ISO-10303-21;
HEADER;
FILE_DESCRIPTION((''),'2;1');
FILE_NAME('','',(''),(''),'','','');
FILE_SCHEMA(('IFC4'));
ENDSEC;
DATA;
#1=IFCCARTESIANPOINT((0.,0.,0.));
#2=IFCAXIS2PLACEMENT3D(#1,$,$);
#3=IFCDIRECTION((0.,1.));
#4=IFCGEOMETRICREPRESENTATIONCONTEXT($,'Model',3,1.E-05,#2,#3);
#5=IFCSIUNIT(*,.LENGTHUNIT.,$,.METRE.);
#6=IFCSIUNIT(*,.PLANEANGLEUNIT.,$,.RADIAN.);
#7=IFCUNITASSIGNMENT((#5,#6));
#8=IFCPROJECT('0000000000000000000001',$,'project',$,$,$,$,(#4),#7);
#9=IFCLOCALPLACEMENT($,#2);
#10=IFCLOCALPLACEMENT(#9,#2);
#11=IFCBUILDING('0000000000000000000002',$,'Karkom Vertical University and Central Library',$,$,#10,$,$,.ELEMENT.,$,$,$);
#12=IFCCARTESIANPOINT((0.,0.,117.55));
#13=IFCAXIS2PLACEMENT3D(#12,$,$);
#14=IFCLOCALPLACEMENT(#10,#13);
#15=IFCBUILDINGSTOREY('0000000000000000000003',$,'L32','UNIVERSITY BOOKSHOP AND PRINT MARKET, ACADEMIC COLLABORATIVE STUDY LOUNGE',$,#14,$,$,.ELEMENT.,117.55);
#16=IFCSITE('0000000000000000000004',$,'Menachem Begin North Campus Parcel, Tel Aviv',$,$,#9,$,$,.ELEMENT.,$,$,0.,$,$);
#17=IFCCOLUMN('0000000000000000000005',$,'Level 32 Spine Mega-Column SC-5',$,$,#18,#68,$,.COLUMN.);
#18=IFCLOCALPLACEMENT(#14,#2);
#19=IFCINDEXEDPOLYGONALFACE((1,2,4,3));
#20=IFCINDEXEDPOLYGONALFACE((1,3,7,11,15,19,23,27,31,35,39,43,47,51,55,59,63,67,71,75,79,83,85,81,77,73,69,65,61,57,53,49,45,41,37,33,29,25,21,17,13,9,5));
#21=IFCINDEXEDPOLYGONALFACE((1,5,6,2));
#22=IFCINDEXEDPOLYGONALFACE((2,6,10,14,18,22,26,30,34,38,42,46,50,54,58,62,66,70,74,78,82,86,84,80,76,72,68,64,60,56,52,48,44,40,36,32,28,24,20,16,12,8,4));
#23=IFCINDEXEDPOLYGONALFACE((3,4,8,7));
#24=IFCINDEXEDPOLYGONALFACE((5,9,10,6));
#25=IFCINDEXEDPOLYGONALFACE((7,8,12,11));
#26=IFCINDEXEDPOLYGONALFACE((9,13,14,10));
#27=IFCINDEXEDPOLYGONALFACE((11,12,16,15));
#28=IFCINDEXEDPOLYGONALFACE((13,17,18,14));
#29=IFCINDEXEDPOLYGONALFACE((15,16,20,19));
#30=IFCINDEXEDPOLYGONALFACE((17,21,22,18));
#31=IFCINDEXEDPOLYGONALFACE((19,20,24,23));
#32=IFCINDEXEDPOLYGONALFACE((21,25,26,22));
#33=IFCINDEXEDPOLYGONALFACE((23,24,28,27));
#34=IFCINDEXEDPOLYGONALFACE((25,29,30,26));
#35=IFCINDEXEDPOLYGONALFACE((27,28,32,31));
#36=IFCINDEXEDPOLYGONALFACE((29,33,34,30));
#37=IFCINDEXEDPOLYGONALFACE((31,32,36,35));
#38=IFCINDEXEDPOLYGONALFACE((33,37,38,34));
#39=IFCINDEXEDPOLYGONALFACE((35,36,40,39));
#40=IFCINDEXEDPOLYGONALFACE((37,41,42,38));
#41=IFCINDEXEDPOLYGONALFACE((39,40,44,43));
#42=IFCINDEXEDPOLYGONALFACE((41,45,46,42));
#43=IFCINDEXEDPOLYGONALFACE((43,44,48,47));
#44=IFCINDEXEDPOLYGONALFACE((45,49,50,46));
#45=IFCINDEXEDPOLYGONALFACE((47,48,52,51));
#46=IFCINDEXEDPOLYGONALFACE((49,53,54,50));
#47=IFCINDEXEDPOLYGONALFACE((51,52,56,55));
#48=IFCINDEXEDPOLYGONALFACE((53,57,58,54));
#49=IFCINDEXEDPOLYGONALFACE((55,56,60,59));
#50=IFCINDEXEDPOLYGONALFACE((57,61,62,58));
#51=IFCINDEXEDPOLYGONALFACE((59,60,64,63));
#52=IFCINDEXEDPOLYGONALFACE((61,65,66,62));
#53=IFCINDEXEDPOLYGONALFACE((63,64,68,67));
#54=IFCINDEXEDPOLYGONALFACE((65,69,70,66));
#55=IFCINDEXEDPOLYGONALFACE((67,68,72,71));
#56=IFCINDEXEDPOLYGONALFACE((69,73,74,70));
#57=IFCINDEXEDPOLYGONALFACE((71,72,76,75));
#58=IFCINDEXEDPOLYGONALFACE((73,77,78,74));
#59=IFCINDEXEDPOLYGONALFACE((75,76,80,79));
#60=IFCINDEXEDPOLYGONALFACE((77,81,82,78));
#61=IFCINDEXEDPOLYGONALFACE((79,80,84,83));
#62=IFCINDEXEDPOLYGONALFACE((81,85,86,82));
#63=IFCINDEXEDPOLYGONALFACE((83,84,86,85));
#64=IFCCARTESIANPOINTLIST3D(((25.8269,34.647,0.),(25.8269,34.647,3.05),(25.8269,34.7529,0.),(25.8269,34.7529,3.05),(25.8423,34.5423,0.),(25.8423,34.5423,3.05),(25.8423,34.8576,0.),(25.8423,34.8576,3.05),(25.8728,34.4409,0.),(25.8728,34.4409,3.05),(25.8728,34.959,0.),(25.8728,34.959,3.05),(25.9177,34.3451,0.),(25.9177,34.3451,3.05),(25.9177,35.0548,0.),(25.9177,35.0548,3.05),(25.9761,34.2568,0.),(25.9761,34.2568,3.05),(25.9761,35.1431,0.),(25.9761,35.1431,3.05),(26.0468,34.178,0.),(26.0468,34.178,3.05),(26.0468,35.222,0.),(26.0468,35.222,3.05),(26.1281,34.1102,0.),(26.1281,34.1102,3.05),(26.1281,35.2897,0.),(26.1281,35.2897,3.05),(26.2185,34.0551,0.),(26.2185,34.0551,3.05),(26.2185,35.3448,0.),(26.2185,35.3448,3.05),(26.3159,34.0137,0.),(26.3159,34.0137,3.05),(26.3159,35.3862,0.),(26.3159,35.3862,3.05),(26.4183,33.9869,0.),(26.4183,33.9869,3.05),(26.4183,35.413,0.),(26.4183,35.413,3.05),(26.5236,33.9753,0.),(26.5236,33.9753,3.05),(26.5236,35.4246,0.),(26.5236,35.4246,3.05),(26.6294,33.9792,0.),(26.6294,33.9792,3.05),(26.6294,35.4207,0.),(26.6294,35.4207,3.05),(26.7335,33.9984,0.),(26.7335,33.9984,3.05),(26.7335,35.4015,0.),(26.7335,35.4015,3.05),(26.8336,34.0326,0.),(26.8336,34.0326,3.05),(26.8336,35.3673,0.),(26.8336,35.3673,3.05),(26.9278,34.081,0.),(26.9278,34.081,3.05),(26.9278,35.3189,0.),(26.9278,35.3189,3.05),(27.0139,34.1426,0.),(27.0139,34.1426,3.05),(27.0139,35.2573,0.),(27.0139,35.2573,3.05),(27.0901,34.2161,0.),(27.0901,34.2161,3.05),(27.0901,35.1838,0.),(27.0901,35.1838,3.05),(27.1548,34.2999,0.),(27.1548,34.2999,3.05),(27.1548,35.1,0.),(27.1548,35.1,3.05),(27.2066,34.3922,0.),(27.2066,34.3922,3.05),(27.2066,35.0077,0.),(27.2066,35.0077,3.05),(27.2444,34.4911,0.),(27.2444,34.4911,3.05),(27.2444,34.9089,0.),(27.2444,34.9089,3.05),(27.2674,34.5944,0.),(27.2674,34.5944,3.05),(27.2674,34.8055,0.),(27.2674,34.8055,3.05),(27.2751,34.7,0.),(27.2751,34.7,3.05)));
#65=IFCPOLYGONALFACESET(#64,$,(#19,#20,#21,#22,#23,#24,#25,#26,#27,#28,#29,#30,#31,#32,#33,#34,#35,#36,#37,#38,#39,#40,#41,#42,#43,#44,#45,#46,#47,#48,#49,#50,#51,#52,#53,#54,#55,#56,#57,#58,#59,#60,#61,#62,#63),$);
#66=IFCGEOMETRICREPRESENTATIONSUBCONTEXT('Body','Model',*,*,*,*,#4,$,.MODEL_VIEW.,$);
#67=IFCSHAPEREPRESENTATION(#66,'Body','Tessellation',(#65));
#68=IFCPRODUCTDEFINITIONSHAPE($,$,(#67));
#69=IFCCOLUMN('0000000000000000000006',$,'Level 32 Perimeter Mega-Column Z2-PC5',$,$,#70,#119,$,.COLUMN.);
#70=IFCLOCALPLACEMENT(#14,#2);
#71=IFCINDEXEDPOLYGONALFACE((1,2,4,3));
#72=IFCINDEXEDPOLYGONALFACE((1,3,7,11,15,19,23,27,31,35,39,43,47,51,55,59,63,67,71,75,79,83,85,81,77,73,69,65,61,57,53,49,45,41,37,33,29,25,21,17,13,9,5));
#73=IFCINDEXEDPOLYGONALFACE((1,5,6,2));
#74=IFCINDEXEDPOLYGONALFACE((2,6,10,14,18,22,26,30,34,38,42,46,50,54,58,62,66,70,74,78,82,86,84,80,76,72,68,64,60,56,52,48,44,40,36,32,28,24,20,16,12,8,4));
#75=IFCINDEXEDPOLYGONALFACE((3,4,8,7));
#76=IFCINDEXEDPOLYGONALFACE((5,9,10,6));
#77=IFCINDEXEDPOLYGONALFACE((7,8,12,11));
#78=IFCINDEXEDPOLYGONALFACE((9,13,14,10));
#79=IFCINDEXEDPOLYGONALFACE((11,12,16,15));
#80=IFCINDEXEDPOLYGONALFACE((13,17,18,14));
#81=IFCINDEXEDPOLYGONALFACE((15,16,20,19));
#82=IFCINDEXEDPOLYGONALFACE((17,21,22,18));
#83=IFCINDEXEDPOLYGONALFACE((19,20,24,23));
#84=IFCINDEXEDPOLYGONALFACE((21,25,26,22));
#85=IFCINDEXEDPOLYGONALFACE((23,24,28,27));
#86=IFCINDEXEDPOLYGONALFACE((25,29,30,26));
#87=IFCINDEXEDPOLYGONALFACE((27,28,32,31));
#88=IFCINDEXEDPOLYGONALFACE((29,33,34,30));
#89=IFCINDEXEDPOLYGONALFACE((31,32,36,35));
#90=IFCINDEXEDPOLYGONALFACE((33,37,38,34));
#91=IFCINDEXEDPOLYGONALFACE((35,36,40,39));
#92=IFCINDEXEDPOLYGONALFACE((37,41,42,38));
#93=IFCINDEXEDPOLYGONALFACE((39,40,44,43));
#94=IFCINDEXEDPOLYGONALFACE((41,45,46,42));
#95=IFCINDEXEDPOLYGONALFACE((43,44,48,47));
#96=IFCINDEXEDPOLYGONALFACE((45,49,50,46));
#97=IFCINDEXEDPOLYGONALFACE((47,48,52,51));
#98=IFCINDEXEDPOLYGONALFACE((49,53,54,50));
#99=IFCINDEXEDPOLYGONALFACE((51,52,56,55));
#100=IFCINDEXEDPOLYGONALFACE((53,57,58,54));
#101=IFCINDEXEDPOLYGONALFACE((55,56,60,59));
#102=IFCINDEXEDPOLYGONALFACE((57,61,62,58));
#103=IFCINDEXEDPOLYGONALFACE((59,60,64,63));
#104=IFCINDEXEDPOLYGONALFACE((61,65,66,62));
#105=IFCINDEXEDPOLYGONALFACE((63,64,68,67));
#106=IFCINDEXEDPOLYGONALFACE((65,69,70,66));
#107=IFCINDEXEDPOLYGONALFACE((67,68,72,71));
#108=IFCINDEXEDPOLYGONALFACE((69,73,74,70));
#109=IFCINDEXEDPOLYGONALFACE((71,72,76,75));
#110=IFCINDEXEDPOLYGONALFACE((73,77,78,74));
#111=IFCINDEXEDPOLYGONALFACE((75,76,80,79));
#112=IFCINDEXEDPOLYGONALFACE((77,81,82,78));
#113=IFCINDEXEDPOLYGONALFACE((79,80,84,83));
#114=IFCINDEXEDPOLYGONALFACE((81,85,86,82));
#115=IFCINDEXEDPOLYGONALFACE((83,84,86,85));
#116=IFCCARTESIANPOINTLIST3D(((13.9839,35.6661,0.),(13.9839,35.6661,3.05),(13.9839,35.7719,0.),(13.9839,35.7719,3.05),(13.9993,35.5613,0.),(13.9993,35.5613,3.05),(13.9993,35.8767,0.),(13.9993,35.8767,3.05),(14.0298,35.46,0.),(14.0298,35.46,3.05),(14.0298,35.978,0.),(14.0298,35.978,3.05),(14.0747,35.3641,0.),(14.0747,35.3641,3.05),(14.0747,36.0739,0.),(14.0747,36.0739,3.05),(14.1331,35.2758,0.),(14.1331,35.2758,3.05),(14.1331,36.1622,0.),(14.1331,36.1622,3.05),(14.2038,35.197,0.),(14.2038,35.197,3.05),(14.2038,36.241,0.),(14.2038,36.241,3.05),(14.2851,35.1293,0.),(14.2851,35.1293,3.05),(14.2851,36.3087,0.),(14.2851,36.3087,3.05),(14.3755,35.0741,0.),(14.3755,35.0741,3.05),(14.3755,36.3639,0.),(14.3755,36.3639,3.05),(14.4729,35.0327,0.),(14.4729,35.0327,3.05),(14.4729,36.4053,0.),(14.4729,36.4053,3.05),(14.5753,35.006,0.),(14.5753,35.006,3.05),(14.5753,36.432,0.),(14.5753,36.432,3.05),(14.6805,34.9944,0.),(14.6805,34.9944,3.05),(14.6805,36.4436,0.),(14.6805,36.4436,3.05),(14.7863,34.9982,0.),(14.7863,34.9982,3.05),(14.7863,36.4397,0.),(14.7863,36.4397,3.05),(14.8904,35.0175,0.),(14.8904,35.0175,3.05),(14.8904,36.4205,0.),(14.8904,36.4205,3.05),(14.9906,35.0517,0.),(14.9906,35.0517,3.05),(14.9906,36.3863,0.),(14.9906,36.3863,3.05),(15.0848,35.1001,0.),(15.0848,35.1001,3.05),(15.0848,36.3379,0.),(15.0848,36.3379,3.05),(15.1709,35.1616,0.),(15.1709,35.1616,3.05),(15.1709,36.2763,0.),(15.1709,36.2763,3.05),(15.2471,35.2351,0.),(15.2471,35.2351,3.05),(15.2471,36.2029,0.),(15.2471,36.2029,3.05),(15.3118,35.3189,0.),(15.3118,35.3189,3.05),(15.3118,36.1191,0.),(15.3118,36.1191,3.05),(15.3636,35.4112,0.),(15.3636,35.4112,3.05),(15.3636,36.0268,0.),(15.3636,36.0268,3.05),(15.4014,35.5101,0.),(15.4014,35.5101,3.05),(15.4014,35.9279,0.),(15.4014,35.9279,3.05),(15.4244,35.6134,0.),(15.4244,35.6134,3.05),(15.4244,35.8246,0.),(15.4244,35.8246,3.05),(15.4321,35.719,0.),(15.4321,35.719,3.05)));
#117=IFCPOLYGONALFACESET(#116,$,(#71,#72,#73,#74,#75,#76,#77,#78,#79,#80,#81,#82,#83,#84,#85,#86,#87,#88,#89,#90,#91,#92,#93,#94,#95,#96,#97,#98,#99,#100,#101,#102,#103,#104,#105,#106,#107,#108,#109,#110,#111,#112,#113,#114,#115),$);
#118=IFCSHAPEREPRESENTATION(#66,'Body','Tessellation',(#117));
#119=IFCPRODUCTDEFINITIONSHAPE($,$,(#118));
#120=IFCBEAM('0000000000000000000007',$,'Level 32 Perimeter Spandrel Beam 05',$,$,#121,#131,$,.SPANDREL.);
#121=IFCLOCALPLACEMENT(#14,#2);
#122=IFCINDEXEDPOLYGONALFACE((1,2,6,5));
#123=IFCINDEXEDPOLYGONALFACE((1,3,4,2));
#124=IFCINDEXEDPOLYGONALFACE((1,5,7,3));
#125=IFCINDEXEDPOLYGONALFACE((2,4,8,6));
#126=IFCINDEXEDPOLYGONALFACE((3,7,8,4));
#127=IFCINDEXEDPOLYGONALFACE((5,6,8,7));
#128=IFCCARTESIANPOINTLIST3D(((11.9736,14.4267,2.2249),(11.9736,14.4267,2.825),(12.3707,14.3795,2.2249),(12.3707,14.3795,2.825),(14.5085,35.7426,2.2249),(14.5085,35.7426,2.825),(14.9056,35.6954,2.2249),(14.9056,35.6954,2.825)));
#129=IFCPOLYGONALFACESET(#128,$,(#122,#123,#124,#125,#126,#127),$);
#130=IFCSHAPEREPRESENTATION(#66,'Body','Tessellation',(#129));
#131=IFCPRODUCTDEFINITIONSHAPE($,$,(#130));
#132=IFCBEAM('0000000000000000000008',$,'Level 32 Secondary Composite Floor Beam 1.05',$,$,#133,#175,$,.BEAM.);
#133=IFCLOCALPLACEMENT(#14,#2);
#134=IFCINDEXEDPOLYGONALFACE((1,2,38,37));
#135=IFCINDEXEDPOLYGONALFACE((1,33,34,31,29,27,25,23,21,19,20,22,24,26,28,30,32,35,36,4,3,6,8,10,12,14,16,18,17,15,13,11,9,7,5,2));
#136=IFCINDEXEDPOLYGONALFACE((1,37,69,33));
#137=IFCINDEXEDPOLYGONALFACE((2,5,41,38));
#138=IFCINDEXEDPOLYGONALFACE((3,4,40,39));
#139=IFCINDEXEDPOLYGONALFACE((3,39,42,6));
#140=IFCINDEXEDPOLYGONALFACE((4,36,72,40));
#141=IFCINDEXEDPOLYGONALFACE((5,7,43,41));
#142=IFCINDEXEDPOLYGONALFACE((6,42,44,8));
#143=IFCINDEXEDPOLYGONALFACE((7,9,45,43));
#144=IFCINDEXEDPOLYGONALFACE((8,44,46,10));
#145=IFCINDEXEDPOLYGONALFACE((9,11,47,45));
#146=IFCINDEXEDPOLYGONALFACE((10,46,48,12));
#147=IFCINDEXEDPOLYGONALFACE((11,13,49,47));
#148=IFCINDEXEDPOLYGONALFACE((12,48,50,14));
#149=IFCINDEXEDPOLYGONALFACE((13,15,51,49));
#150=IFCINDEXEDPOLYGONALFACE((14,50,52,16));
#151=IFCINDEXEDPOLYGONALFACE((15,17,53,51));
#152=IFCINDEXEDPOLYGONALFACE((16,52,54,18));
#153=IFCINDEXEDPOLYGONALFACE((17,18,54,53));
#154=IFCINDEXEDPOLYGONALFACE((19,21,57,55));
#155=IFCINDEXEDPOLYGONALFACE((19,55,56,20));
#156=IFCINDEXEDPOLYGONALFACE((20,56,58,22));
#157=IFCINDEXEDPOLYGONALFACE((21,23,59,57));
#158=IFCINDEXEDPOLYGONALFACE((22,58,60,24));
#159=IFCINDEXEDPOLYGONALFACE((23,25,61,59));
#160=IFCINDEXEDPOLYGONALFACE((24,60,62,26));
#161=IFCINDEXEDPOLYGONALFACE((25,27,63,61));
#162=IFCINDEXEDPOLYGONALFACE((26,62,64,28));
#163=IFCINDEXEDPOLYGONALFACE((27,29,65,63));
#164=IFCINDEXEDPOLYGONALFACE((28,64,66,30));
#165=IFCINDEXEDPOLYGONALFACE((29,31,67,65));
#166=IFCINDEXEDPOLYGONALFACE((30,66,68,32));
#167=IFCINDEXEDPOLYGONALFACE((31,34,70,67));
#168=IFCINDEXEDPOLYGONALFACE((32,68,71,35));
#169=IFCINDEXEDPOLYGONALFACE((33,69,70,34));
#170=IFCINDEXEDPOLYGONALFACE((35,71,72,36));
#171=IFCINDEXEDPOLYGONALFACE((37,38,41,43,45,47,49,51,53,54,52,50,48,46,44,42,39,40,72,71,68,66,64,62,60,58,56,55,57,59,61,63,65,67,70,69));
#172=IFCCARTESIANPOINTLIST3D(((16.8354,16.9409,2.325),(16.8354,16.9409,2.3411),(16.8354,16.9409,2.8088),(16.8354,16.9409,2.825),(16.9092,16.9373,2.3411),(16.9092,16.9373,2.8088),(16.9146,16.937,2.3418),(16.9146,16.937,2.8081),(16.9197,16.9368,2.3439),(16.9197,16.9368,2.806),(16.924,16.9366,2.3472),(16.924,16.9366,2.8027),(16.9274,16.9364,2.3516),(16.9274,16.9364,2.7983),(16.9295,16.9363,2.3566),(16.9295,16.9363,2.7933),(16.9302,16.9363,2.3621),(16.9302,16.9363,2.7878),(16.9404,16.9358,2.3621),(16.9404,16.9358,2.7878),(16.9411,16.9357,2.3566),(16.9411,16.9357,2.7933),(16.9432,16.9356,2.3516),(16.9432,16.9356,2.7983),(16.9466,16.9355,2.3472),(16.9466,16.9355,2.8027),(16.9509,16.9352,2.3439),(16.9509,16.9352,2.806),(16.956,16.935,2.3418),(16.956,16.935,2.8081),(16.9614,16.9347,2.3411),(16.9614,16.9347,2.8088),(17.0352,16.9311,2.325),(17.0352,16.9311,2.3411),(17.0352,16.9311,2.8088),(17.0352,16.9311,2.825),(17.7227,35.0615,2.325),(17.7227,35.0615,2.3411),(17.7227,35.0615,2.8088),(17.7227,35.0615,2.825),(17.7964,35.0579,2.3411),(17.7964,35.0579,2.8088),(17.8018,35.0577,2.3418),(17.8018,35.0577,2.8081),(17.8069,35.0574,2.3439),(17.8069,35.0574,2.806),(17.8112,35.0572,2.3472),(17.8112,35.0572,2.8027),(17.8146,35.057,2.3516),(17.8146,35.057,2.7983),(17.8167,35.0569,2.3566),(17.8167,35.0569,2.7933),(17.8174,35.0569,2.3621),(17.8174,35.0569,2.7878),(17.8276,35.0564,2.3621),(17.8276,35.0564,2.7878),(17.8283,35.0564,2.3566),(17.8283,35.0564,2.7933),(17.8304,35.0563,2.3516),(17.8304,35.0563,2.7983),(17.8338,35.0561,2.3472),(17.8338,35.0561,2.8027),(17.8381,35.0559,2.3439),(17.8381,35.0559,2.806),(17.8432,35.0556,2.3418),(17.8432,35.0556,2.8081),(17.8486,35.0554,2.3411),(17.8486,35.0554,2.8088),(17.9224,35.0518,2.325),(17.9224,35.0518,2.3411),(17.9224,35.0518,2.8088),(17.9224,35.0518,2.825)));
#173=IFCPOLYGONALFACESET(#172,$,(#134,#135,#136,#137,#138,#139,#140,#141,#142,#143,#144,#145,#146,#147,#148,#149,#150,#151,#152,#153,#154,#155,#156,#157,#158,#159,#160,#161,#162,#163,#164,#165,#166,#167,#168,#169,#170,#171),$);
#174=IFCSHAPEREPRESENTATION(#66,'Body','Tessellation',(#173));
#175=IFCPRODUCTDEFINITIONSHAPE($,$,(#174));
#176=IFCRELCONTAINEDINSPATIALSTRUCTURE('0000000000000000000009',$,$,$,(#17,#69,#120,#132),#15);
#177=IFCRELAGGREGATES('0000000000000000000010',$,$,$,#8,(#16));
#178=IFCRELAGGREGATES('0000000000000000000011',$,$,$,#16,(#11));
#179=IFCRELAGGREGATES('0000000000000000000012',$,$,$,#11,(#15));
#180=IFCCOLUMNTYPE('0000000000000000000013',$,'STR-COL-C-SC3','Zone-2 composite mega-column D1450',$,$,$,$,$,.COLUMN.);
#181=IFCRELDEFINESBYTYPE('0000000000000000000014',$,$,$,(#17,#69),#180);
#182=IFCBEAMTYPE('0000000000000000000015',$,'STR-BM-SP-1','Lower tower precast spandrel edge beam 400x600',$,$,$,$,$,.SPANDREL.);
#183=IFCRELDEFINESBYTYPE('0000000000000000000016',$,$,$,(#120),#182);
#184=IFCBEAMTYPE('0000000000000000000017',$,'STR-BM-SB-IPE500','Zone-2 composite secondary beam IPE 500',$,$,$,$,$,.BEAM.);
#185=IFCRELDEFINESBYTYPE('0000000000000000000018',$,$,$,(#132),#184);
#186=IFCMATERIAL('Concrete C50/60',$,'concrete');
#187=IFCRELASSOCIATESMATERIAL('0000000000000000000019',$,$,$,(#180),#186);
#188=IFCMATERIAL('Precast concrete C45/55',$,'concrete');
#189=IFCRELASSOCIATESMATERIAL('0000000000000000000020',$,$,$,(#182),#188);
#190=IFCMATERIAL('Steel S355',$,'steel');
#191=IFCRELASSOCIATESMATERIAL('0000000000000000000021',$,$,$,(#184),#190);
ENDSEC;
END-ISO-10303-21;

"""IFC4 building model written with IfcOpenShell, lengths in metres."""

from ifc_helpers import new_model, si_unit, direction, frame, origin, origin_with_axes, origin_2d, place, context, subcontext, project, spatial, rectangle, circle, i_section, extrude, source, transform, mapped, material, material_profile, profile_set, type_object, element, save


model = new_model("IFC4")

# Units and contexts
model_context = context("Model", 3, precision=1e-05, world=origin(), true_north=direction((0.0, 1.0)))
body_context = subcontext(model_context, "Body", "Model", "MODEL_VIEW")
ifc_project = project(units=[si_unit("LENGTHUNIT", "METRE"), si_unit("PLANEANGLEUNIT", "RADIAN")], contexts=[model_context])

# Site, building, storey
site_placement = place(None, origin())
site = spatial("IfcSite", under=ifc_project, at=site_placement, Name="Menachem Begin North Campus Parcel, Tel Aviv", CompositionType="ELEMENT", RefElevation=0.0)
building_placement = place(site_placement, origin())
building = spatial("IfcBuilding", under=site, at=building_placement, Name="Karkom Vertical University and Central Library", CompositionType="ELEMENT")
storey_placement = place(building_placement, frame((0.0, 0.0, 117.55)))
storey = spatial("IfcBuildingStorey", under=building, at=storey_placement, Name="L32", Description="UNIVERSITY BOOKSHOP AND PRINT MARKET, ACADEMIC COLLABORATIVE STUDY LOUNGE", CompositionType="ELEMENT", Elevation=117.55)

# Columns
ifc_material_1 = material(Name="Concrete C50/60", Category="concrete")
ifc_material_profile_1 = material_profile(ifc_material_1, circle(Radius=0.7251, at=origin_2d()), Name="CFT-D1450")
ifc_profile_set_1 = profile_set([ifc_material_profile_1], Name="Concrete C50/60")
column_type = type_object("IfcColumnType", Name="STR-COL-C-SC3", Description="Zone-2 composite mega-column D1450", PredefinedType="COLUMN", material=ifc_profile_set_1)
shared_shape_1 = source(origin_with_axes(), body_context, "Body", "SweptSolid", [
    extrude(circle(Radius=0.7251, at=origin_2d()), origin(), (0.0, 0.0, 1.0), 3.05),
])
for number, where, z_axis, x_axis, name in (
    (1, (26.55, 34.7, 0.0), (0.0, 0.0, 1.0), (1.0, 0.0, 0.0), "Level 32 Spine Mega-Column SC-5"),
    (2, (14.707, 35.719, 0.0), (0.0, 0.0, 1.0), (1.0, 0.0, 0.0), "Level 32 Perimeter Mega-Column Z2-PC5"),
):
    element("IfcColumn", number, at=place(storey_placement, frame(where, z_axis=z_axis, x_axis=x_axis)), inside=storey, type_object=column_type, Name=name, PredefinedType="COLUMN", context=body_context, shape_type="MappedRepresentation", body=[
        mapped(shared_shape_1, transform((0.0, 0.0, 0.0), scale=1.0)),
    ])

# Beams
ifc_material_2 = material(Name="Precast concrete C45/55", Category="concrete")
ifc_material_profile_2 = material_profile(ifc_material_2, rectangle(XDim=0.3999, YDim=0.6001, at=origin_2d()), Name="SPB-400x600")
ifc_profile_set_2 = profile_set([ifc_material_profile_2], Name="Precast concrete C45/55")
beam_type_1 = type_object("IfcBeamType", Name="STR-BM-SP-1", Description="Lower tower precast spandrel edge beam 400x600", PredefinedType="SPANDREL", material=ifc_profile_set_2)
shared_shape_2 = source(origin_with_axes(), body_context, "Body", "SweptSolid", [
    extrude(rectangle(XDim=0.3999, YDim=0.6001, at=origin_2d()), origin(), (0.0, 0.0, 1.0), 21.4661),
])
beam_1_placement = place(storey_placement, frame((14.707, 35.719, 2.5249), z_axis=(-0.118089, -0.993003, 0.0), x_axis=(0.993003, -0.118089, 0.0)))
element("IfcBeam", 3, at=beam_1_placement, inside=storey, type_object=beam_type_1, Name="Level 32 Perimeter Spandrel Beam 05", PredefinedType="SPANDREL", context=body_context, shape_type="MappedRepresentation", body=[
    mapped(shared_shape_2, transform((0.0, 0.0, 0.0), scale=1.0)),
])
ifc_material_3 = material(Name="Steel S355", Category="steel")
ifc_material_profile_3 = material_profile(ifc_material_3, i_section(OverallWidth=0.2, OverallDepth=0.5, WebThickness=0.0103, FlangeThickness=0.0161, FilletRadius=0.021, at=origin_2d()), Name="IPE 500")
ifc_profile_set_3 = profile_set([ifc_material_profile_3], Name="Steel S355")
beam_type_2 = type_object("IfcBeamType", Name="STR-BM-SB-IPE500", Description="Zone-2 composite secondary beam IPE 500", PredefinedType="BEAM", material=ifc_profile_set_3)
shared_shape_3 = source(origin_with_axes(), body_context, "Body", "SweptSolid", [
    extrude(i_section(OverallWidth=0.2, OverallDepth=0.5, WebThickness=0.0103, FlangeThickness=0.0161, FilletRadius=0.021, at=origin_2d()), origin(), (0.0, 0.0, 1.0), 18.1423),
])
beam_2_placement = place(storey_placement, frame((17.8225, 35.0566, 2.575), z_axis=(-0.048903, -0.998804, 0.0), x_axis=(0.998804, -0.048903, 0.0)))
element("IfcBeam", 4, at=beam_2_placement, inside=storey, type_object=beam_type_2, Name="Level 32 Secondary Composite Floor Beam 1.05", PredefinedType="BEAM", context=body_context, shape_type="MappedRepresentation", body=[
    mapped(shared_shape_3, transform((0.0, 0.0, 0.0), scale=1.0)),
])

save(model, "model.ifc")
